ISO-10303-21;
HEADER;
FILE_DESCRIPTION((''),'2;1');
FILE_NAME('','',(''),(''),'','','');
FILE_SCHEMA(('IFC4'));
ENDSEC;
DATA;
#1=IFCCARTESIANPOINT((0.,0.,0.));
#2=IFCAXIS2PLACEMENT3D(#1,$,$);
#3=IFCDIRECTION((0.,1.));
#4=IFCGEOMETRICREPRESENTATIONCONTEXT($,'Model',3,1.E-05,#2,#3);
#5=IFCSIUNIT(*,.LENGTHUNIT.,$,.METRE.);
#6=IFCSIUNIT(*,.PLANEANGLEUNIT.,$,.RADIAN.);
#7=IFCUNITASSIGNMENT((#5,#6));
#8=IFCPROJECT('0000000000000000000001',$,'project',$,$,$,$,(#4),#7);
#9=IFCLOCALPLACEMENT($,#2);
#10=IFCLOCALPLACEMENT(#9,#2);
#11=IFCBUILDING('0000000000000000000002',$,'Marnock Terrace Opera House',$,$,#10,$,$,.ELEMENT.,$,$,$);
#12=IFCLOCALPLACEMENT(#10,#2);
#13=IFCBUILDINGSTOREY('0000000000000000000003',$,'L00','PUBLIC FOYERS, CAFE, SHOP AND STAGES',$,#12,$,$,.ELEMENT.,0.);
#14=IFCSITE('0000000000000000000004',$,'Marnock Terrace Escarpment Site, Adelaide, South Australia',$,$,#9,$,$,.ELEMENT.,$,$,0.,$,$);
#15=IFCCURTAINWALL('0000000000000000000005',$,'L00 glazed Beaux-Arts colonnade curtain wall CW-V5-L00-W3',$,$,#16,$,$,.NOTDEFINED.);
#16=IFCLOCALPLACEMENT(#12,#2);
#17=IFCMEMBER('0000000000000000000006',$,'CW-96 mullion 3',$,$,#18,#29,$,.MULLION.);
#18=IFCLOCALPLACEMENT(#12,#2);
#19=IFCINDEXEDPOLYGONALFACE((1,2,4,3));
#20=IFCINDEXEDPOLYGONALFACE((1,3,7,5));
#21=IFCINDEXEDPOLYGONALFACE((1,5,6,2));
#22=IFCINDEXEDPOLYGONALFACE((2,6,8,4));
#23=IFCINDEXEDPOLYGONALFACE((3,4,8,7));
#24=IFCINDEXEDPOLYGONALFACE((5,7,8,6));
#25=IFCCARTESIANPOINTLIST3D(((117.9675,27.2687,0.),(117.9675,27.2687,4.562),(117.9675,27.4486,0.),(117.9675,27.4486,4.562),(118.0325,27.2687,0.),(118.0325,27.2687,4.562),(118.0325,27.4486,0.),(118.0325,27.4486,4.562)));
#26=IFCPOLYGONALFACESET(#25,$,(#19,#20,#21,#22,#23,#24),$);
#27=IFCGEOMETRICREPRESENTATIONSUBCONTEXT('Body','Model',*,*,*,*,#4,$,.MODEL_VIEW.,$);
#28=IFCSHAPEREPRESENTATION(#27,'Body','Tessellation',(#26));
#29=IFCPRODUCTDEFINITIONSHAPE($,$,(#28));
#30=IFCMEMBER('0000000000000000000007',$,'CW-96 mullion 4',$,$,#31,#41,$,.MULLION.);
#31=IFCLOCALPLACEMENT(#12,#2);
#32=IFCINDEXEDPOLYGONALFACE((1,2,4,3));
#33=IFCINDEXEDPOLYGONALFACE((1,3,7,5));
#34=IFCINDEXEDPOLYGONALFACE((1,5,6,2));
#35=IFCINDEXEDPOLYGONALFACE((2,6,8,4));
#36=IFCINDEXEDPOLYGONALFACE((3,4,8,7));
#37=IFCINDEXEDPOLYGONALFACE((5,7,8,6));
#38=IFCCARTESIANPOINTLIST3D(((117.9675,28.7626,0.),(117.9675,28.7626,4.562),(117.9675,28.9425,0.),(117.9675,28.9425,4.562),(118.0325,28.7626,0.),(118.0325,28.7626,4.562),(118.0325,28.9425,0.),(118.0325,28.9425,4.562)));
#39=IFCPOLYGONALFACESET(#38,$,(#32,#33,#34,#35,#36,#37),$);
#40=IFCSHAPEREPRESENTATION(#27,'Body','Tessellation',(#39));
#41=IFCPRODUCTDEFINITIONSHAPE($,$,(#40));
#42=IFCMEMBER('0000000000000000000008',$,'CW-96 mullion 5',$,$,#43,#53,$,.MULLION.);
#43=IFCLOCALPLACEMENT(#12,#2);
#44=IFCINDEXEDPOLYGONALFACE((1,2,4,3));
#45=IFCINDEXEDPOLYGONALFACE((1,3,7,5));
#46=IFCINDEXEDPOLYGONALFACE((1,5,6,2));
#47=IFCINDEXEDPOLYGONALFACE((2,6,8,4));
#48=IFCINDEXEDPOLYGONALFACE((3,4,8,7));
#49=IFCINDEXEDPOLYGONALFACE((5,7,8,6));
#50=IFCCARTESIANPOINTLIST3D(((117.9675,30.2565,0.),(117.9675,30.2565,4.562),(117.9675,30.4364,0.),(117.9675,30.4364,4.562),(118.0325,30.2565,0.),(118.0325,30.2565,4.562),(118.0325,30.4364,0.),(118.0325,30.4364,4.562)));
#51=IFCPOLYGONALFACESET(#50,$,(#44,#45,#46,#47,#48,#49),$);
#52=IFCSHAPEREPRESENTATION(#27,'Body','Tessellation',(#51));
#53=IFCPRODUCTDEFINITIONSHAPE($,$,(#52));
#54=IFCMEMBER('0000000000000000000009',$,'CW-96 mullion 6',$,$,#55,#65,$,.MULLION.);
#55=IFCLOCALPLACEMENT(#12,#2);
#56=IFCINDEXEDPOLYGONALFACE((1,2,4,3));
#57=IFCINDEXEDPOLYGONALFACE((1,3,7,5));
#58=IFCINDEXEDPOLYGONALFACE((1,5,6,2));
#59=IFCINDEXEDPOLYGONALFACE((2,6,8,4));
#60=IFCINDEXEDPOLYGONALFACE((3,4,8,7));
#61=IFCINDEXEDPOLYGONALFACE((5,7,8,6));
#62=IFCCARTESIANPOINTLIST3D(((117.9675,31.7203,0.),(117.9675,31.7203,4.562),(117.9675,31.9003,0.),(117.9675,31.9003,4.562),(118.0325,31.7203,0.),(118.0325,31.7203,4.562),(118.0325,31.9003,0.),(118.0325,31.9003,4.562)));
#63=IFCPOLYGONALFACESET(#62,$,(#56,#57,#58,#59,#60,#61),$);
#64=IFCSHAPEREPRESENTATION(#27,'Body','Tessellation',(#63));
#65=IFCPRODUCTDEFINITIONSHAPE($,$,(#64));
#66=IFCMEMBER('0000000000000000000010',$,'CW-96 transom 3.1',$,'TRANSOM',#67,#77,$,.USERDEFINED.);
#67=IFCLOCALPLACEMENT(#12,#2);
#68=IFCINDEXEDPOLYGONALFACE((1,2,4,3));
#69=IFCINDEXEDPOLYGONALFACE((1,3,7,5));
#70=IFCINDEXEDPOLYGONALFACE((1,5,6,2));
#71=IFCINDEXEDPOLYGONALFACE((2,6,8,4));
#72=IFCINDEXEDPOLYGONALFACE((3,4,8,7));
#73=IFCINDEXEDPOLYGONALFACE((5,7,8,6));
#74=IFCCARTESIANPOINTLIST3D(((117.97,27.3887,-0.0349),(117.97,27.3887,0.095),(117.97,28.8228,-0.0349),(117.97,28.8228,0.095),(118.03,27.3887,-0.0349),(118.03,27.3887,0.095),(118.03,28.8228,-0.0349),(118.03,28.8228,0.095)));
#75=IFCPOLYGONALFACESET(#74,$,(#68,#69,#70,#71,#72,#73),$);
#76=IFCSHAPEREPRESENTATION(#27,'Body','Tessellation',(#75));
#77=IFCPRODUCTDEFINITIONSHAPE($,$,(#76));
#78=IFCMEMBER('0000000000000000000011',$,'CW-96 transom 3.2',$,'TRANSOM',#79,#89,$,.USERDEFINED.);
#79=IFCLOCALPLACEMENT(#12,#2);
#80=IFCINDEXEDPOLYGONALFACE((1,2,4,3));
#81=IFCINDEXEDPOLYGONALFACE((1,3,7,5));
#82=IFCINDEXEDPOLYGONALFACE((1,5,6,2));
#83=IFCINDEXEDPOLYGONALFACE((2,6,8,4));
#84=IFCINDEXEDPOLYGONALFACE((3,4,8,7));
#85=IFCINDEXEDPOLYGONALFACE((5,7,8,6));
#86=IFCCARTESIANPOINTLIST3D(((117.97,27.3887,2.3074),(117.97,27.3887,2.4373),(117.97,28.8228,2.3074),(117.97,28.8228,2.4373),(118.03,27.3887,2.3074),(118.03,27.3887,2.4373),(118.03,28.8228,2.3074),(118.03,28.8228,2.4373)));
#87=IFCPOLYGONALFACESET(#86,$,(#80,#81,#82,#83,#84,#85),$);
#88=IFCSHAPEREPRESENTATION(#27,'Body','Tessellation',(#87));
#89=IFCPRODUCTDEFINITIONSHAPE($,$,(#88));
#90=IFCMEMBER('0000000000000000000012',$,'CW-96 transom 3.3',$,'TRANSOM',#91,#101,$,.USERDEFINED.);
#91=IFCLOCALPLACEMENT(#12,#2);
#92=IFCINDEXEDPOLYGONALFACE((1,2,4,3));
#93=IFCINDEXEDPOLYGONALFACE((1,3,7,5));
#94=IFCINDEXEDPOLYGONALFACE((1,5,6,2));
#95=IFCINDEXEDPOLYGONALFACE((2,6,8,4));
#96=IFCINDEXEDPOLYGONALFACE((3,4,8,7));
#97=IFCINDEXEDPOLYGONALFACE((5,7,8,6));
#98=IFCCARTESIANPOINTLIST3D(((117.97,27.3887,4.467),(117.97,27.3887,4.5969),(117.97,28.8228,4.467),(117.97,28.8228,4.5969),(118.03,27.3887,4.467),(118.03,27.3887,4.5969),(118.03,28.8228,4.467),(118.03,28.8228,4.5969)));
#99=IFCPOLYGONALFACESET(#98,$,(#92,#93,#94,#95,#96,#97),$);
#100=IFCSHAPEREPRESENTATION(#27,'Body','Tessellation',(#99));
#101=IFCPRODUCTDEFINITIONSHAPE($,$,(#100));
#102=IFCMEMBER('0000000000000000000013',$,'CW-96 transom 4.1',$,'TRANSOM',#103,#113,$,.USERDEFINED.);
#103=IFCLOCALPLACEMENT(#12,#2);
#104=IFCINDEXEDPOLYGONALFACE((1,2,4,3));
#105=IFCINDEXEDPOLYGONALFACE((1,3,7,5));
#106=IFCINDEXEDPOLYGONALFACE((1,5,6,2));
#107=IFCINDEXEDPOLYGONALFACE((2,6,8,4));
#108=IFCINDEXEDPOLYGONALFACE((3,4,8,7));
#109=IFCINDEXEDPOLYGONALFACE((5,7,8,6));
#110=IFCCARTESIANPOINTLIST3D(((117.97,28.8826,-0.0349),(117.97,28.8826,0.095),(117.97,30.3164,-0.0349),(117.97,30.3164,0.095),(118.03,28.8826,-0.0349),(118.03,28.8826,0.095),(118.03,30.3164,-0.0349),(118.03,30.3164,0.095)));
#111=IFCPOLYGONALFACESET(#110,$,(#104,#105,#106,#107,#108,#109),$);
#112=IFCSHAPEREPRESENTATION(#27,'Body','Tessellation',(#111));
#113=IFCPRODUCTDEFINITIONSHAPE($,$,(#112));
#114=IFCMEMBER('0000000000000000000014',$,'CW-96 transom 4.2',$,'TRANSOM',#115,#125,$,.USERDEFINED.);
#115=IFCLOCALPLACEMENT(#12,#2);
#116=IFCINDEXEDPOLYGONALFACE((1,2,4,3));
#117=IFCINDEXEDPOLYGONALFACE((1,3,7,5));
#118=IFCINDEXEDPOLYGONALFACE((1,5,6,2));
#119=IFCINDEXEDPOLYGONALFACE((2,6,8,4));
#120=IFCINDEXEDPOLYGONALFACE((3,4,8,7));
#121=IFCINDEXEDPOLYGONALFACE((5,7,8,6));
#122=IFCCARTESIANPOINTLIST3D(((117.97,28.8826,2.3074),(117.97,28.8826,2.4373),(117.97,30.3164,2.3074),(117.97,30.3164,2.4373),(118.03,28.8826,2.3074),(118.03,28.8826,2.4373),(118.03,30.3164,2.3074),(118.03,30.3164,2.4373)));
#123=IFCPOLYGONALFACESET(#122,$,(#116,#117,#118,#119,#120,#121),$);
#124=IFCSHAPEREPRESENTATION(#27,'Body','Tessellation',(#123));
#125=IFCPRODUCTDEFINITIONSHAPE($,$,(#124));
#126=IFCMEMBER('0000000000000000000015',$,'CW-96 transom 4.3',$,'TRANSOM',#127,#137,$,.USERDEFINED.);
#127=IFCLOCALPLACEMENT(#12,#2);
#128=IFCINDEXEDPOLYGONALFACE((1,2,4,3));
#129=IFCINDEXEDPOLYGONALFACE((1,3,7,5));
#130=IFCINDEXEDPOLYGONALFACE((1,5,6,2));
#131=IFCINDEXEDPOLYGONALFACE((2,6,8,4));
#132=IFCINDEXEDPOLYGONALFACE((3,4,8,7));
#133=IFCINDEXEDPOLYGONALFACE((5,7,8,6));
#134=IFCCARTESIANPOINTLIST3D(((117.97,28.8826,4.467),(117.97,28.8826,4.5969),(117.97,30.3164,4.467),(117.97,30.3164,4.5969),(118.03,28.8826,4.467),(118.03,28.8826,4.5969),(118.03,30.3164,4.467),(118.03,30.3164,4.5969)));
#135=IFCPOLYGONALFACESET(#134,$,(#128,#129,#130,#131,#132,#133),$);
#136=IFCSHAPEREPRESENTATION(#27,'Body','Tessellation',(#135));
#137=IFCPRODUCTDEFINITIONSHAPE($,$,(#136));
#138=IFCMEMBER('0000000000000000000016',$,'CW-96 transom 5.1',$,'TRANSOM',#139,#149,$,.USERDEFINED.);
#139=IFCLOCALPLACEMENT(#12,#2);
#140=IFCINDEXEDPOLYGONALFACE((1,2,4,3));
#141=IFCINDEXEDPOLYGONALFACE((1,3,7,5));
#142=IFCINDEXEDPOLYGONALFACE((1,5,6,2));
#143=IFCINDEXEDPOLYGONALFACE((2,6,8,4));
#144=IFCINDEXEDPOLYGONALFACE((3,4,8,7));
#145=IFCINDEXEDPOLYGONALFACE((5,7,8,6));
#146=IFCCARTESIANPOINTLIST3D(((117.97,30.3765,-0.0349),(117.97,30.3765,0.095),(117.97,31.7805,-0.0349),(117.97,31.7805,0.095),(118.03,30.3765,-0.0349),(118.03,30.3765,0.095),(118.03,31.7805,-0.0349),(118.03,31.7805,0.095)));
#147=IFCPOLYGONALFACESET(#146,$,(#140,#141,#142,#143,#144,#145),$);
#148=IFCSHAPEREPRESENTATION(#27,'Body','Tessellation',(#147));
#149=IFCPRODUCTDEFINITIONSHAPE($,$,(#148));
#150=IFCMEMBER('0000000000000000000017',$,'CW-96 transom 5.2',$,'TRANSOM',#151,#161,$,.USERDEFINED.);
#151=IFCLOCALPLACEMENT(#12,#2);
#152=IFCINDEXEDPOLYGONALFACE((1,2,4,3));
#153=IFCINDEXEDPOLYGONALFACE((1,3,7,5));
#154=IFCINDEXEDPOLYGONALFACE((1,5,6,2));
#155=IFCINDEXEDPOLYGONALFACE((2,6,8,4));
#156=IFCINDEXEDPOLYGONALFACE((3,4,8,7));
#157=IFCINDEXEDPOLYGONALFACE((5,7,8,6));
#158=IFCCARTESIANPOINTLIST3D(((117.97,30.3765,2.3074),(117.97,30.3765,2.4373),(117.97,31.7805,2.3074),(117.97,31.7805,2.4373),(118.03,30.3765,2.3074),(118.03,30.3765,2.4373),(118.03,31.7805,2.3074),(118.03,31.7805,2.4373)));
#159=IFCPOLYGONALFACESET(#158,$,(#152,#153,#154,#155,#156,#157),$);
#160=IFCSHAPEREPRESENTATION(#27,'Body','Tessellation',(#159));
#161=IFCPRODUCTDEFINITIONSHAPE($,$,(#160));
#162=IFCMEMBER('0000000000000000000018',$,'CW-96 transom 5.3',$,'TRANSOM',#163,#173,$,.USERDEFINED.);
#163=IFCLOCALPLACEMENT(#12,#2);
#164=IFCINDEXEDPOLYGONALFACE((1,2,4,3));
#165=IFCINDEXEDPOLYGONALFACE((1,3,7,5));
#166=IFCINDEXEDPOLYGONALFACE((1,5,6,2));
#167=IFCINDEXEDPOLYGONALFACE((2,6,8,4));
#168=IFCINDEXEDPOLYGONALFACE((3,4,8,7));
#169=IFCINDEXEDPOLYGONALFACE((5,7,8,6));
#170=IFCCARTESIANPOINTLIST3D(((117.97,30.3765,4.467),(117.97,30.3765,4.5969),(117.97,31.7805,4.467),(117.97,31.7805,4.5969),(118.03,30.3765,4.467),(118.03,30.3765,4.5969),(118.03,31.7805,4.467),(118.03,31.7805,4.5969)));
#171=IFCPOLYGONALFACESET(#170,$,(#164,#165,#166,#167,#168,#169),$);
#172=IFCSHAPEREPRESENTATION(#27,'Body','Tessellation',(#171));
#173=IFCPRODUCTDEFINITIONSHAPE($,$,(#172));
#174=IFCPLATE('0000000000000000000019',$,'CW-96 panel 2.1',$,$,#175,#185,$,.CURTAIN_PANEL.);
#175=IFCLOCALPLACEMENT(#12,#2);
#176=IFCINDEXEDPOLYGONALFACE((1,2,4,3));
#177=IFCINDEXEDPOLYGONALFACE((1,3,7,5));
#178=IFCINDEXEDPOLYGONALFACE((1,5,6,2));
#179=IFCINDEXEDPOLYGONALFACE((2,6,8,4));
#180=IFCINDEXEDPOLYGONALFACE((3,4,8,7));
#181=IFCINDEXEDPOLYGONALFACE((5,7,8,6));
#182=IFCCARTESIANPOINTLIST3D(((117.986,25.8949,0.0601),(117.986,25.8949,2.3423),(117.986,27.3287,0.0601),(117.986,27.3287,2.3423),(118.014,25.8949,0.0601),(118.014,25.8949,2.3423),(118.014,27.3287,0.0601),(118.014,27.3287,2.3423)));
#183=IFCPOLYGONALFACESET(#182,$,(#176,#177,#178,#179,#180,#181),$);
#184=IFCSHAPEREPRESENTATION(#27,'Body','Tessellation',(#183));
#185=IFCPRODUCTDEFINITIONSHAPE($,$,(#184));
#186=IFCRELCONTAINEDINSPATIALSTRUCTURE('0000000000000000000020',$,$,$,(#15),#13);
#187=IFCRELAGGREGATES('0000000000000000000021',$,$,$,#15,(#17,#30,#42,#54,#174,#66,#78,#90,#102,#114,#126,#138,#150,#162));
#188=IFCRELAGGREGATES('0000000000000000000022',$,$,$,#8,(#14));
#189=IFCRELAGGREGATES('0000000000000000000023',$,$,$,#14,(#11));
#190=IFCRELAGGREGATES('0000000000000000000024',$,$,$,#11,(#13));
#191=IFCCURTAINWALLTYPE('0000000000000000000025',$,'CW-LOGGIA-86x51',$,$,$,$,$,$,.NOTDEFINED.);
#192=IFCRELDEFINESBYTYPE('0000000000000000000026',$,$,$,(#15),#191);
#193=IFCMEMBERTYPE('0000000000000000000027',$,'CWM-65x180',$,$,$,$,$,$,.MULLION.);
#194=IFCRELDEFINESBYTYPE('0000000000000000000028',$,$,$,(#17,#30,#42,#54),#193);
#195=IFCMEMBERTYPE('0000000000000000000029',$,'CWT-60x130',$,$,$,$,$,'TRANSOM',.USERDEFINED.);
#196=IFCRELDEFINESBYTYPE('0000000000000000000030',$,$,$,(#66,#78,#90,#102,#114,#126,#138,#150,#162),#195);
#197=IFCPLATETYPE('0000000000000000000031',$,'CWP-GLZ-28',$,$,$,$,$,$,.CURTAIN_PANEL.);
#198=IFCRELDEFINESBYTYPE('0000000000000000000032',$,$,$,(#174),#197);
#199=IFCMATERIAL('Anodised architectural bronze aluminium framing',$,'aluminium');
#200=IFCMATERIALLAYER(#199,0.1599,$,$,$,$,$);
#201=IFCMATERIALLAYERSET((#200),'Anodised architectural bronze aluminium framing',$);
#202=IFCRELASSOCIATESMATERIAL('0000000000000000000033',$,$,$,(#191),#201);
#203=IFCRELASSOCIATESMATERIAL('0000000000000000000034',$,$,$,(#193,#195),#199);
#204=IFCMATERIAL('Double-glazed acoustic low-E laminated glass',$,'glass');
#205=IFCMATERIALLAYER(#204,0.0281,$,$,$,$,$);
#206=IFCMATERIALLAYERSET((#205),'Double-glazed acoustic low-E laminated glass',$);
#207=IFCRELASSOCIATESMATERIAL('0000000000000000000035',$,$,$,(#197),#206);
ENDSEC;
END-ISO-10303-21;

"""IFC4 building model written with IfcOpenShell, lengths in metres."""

from ifc_helpers import new_model, si_unit, direction, frame, origin, origin_2d, place, context, subcontext, project, spatial, rectangle, extrude, material, layer, layer_set, material_profile, profile_set, type_object, element, aggregate, save


model = new_model("IFC4")

# Units and contexts
model_context = context("Model", 3, precision=1e-05, world=origin(), true_north=direction((0.0, 1.0)))
body_context = subcontext(model_context, "Body", "Model", "MODEL_VIEW")
ifc_project = project(units=[si_unit("LENGTHUNIT", "METRE"), si_unit("PLANEANGLEUNIT", "RADIAN")], contexts=[model_context])

# Site, building, storey
site_placement = place(None, origin())
site = spatial("IfcSite", under=ifc_project, at=site_placement, Name="Marnock Terrace Escarpment Site, Adelaide, South Australia", CompositionType="ELEMENT", RefElevation=0.0)
building_placement = place(site_placement, origin())
building = spatial("IfcBuilding", under=site, at=building_placement, Name="Marnock Terrace Opera House", CompositionType="ELEMENT")
storey_placement = place(building_placement, origin())
storey = spatial("IfcBuildingStorey", under=building, at=storey_placement, Name="L00", Description="PUBLIC FOYERS, CAFE, SHOP AND STAGES", CompositionType="ELEMENT", Elevation=0.0)

# Curtain wall, members, plate
ifc_material_1 = material(Name="Anodised architectural bronze aluminium framing", Category="aluminium")
ifc_layer_1 = layer(ifc_material_1, 0.1599)
ifc_layer_set_1 = layer_set([ifc_layer_1], Name="Anodised architectural bronze aluminium framing")
curtain_wall_type = type_object("IfcCurtainWallType", Name="CW-LOGGIA-86x51", PredefinedType="NOTDEFINED", material=ifc_layer_set_1)
curtain_wall_placement = place(storey_placement, origin())
curtain_wall = element("IfcCurtainWall", 1, at=curtain_wall_placement, inside=storey, type_object=curtain_wall_type, Name="L00 glazed Beaux-Arts colonnade curtain wall CW-V5-L00-W3", PredefinedType="NOTDEFINED")
ifc_material_profile_1 = material_profile(ifc_material_1, rectangle(XDim=0.0649, YDim=0.1799, at=origin_2d()))
ifc_profile_set_1 = profile_set([ifc_material_profile_1], Name="Anodised architectural bronze aluminium framing")
member_type_1 = type_object("IfcMemberType", Name="CWM-65x180", PredefinedType="MULLION", material=ifc_profile_set_1)
member_1_placement = place(storey_placement, frame((118.0, 27.3586, 0.0), z_axis=(0.0, 0.0, 1.0), x_axis=(-1.0, 0.0, 0.0)))
member_1 = element("IfcMember", 2, at=member_1_placement, type_object=member_type_1, Name="CW-96 mullion 3", PredefinedType="MULLION", context=body_context, shape_type="SweptSolid", body=[
    extrude(rectangle(XDim=0.0649, YDim=0.1799, at=origin_2d()), origin(), (0.0, 0.0, 1.0), 4.562),
])
member_2_placement = place(storey_placement, frame((118.0, 28.8525, 0.0), z_axis=(0.0, 0.0, 1.0), x_axis=(-1.0, 0.0, 0.0)))
member_2 = element("IfcMember", 3, at=member_2_placement, type_object=member_type_1, Name="CW-96 mullion 4", PredefinedType="MULLION", context=body_context, shape_type="SweptSolid", body=[
    extrude(rectangle(XDim=0.0649, YDim=0.1799, at=origin_2d()), origin(), (0.0, 0.0, 1.0), 4.562),
])
member_3_placement = place(storey_placement, frame((118.0, 30.3464, 0.0), z_axis=(0.0, 0.0, 1.0), x_axis=(-1.0, 0.0, 0.0)))
member_3 = element("IfcMember", 4, at=member_3_placement, type_object=member_type_1, Name="CW-96 mullion 5", PredefinedType="MULLION", context=body_context, shape_type="SweptSolid", body=[
    extrude(rectangle(XDim=0.0649, YDim=0.1799, at=origin_2d()), origin(), (0.0, 0.0, 1.0), 4.562),
])
member_4_placement = place(storey_placement, frame((118.0, 31.8103, 0.0), z_axis=(0.0, 0.0, 1.0), x_axis=(-1.0, 0.0, 0.0)))
member_4 = element("IfcMember", 5, at=member_4_placement, type_object=member_type_1, Name="CW-96 mullion 6", PredefinedType="MULLION", context=body_context, shape_type="SweptSolid", body=[
    extrude(rectangle(XDim=0.0649, YDim=0.1799, at=origin_2d()), origin(), (0.0, 0.0, 1.0), 4.562),
])
ifc_material_profile_2 = material_profile(ifc_material_1, rectangle(XDim=0.0601, YDim=0.1299, at=origin_2d()))
ifc_profile_set_2 = profile_set([ifc_material_profile_2], Name="Anodised architectural bronze aluminium framing")
member_type_2 = type_object("IfcMemberType", Name="CWT-60x130", ElementType="TRANSOM", PredefinedType="USERDEFINED", material=ifc_profile_set_2)
member_5_placement = place(storey_placement, frame((118.0, 27.3887, 0.03), z_axis=(0.0, 1.0, 0.0), x_axis=(-1.0, 0.0, 0.0)))
member_5 = element("IfcMember", 6, at=member_5_placement, type_object=member_type_2, Name="CW-96 transom 3.1", ObjectType="TRANSOM", PredefinedType="USERDEFINED", context=body_context, shape_type="SweptSolid", body=[
    extrude(rectangle(XDim=0.0601, YDim=0.1299, at=origin_2d()), origin(), (0.0, 0.0, 1.0), 1.4341),
])
member_6_placement = place(storey_placement, frame((118.0, 27.3887, 2.3723), z_axis=(0.0, 1.0, 0.0), x_axis=(-1.0, 0.0, 0.0)))
member_6 = element("IfcMember", 7, at=member_6_placement, type_object=member_type_2, Name="CW-96 transom 3.2", ObjectType="TRANSOM", PredefinedType="USERDEFINED", context=body_context, shape_type="SweptSolid", body=[
    extrude(rectangle(XDim=0.0601, YDim=0.1299, at=origin_2d()), origin(), (0.0, 0.0, 1.0), 1.4341),
])
member_7_placement = place(storey_placement, frame((118.0, 27.3887, 4.532), z_axis=(0.0, 1.0, 0.0), x_axis=(-1.0, 0.0, 0.0)))
member_7 = element("IfcMember", 8, at=member_7_placement, type_object=member_type_2, Name="CW-96 transom 3.3", ObjectType="TRANSOM", PredefinedType="USERDEFINED", context=body_context, shape_type="SweptSolid", body=[
    extrude(rectangle(XDim=0.0601, YDim=0.1299, at=origin_2d()), origin(), (0.0, 0.0, 1.0), 1.4341),
])
member_8_placement = place(storey_placement, frame((118.0, 28.8826, 0.03), z_axis=(0.0, 1.0, 0.0), x_axis=(-1.0, 0.0, 0.0)))
member_8 = element("IfcMember", 9, at=member_8_placement, type_object=member_type_2, Name="CW-96 transom 4.1", ObjectType="TRANSOM", PredefinedType="USERDEFINED", context=body_context, shape_type="SweptSolid", body=[
    extrude(rectangle(XDim=0.0601, YDim=0.1299, at=origin_2d()), origin(), (0.0, 0.0, 1.0), 1.4338),
])
member_9_placement = place(storey_placement, frame((118.0, 28.8826, 2.3723), z_axis=(0.0, 1.0, 0.0), x_axis=(-1.0, 0.0, 0.0)))
member_9 = element("IfcMember", 10, at=member_9_placement, type_object=member_type_2, Name="CW-96 transom 4.2", ObjectType="TRANSOM", PredefinedType="USERDEFINED", context=body_context, shape_type="SweptSolid", body=[
    extrude(rectangle(XDim=0.0601, YDim=0.1299, at=origin_2d()), origin(), (0.0, 0.0, 1.0), 1.4338),
])
member_10_placement = place(storey_placement, frame((118.0, 28.8826, 4.532), z_axis=(0.0, 1.0, 0.0), x_axis=(-1.0, 0.0, 0.0)))
member_10 = element("IfcMember", 11, at=member_10_placement, type_object=member_type_2, Name="CW-96 transom 4.3", ObjectType="TRANSOM", PredefinedType="USERDEFINED", context=body_context, shape_type="SweptSolid", body=[
    extrude(rectangle(XDim=0.0601, YDim=0.1299, at=origin_2d()), origin(), (0.0, 0.0, 1.0), 1.4338),
])
member_11_placement = place(storey_placement, frame((118.0, 30.3765, 0.03), z_axis=(0.0, 1.0, 0.0), x_axis=(-1.0, 0.0, 0.0)))
member_11 = element("IfcMember", 12, at=member_11_placement, type_object=member_type_2, Name="CW-96 transom 5.1", ObjectType="TRANSOM", PredefinedType="USERDEFINED", context=body_context, shape_type="SweptSolid", body=[
    extrude(rectangle(XDim=0.0601, YDim=0.1299, at=origin_2d()), origin(), (0.0, 0.0, 1.0), 1.4041),
])
member_12_placement = place(storey_placement, frame((118.0, 30.3765, 2.3723), z_axis=(0.0, 1.0, 0.0), x_axis=(-1.0, 0.0, 0.0)))
member_12 = element("IfcMember", 13, at=member_12_placement, type_object=member_type_2, Name="CW-96 transom 5.2", ObjectType="TRANSOM", PredefinedType="USERDEFINED", context=body_context, shape_type="SweptSolid", body=[
    extrude(rectangle(XDim=0.0601, YDim=0.1299, at=origin_2d()), origin(), (0.0, 0.0, 1.0), 1.4041),
])
member_13_placement = place(storey_placement, frame((118.0, 30.3765, 4.532), z_axis=(0.0, 1.0, 0.0), x_axis=(-1.0, 0.0, 0.0)))
member_13 = element("IfcMember", 14, at=member_13_placement, type_object=member_type_2, Name="CW-96 transom 5.3", ObjectType="TRANSOM", PredefinedType="USERDEFINED", context=body_context, shape_type="SweptSolid", body=[
    extrude(rectangle(XDim=0.0601, YDim=0.1299, at=origin_2d()), origin(), (0.0, 0.0, 1.0), 1.4041),
])
ifc_material_2 = material(Name="Double-glazed acoustic low-E laminated glass", Category="glass")
ifc_layer_2 = layer(ifc_material_2, 0.0281)
ifc_layer_set_2 = layer_set([ifc_layer_2], Name="Double-glazed acoustic low-E laminated glass")
plate_type = type_object("IfcPlateType", Name="CWP-GLZ-28", PredefinedType="CURTAIN_PANEL", material=ifc_layer_set_2)
plate_1_placement = place(storey_placement, frame((118.0, 26.6118, 0.0601), z_axis=(0.0, 0.0, 1.0), x_axis=(0.0, 1.0, 0.0)))
plate_1 = element("IfcPlate", 15, at=plate_1_placement, type_object=plate_type, Name="CW-96 panel 2.1", PredefinedType="CURTAIN_PANEL", context=body_context, shape_type="SweptSolid", body=[
    extrude(rectangle(XDim=1.4338, YDim=0.0281, at=origin_2d()), origin(), (0.0, 0.0, 1.0), 2.2822),
])
aggregate(curtain_wall, [member_1, member_2, member_3, member_4, plate_1, member_5, member_6, member_7, member_8, member_9, member_10, member_11, member_12, member_13])

save(model, "model.ifc")
